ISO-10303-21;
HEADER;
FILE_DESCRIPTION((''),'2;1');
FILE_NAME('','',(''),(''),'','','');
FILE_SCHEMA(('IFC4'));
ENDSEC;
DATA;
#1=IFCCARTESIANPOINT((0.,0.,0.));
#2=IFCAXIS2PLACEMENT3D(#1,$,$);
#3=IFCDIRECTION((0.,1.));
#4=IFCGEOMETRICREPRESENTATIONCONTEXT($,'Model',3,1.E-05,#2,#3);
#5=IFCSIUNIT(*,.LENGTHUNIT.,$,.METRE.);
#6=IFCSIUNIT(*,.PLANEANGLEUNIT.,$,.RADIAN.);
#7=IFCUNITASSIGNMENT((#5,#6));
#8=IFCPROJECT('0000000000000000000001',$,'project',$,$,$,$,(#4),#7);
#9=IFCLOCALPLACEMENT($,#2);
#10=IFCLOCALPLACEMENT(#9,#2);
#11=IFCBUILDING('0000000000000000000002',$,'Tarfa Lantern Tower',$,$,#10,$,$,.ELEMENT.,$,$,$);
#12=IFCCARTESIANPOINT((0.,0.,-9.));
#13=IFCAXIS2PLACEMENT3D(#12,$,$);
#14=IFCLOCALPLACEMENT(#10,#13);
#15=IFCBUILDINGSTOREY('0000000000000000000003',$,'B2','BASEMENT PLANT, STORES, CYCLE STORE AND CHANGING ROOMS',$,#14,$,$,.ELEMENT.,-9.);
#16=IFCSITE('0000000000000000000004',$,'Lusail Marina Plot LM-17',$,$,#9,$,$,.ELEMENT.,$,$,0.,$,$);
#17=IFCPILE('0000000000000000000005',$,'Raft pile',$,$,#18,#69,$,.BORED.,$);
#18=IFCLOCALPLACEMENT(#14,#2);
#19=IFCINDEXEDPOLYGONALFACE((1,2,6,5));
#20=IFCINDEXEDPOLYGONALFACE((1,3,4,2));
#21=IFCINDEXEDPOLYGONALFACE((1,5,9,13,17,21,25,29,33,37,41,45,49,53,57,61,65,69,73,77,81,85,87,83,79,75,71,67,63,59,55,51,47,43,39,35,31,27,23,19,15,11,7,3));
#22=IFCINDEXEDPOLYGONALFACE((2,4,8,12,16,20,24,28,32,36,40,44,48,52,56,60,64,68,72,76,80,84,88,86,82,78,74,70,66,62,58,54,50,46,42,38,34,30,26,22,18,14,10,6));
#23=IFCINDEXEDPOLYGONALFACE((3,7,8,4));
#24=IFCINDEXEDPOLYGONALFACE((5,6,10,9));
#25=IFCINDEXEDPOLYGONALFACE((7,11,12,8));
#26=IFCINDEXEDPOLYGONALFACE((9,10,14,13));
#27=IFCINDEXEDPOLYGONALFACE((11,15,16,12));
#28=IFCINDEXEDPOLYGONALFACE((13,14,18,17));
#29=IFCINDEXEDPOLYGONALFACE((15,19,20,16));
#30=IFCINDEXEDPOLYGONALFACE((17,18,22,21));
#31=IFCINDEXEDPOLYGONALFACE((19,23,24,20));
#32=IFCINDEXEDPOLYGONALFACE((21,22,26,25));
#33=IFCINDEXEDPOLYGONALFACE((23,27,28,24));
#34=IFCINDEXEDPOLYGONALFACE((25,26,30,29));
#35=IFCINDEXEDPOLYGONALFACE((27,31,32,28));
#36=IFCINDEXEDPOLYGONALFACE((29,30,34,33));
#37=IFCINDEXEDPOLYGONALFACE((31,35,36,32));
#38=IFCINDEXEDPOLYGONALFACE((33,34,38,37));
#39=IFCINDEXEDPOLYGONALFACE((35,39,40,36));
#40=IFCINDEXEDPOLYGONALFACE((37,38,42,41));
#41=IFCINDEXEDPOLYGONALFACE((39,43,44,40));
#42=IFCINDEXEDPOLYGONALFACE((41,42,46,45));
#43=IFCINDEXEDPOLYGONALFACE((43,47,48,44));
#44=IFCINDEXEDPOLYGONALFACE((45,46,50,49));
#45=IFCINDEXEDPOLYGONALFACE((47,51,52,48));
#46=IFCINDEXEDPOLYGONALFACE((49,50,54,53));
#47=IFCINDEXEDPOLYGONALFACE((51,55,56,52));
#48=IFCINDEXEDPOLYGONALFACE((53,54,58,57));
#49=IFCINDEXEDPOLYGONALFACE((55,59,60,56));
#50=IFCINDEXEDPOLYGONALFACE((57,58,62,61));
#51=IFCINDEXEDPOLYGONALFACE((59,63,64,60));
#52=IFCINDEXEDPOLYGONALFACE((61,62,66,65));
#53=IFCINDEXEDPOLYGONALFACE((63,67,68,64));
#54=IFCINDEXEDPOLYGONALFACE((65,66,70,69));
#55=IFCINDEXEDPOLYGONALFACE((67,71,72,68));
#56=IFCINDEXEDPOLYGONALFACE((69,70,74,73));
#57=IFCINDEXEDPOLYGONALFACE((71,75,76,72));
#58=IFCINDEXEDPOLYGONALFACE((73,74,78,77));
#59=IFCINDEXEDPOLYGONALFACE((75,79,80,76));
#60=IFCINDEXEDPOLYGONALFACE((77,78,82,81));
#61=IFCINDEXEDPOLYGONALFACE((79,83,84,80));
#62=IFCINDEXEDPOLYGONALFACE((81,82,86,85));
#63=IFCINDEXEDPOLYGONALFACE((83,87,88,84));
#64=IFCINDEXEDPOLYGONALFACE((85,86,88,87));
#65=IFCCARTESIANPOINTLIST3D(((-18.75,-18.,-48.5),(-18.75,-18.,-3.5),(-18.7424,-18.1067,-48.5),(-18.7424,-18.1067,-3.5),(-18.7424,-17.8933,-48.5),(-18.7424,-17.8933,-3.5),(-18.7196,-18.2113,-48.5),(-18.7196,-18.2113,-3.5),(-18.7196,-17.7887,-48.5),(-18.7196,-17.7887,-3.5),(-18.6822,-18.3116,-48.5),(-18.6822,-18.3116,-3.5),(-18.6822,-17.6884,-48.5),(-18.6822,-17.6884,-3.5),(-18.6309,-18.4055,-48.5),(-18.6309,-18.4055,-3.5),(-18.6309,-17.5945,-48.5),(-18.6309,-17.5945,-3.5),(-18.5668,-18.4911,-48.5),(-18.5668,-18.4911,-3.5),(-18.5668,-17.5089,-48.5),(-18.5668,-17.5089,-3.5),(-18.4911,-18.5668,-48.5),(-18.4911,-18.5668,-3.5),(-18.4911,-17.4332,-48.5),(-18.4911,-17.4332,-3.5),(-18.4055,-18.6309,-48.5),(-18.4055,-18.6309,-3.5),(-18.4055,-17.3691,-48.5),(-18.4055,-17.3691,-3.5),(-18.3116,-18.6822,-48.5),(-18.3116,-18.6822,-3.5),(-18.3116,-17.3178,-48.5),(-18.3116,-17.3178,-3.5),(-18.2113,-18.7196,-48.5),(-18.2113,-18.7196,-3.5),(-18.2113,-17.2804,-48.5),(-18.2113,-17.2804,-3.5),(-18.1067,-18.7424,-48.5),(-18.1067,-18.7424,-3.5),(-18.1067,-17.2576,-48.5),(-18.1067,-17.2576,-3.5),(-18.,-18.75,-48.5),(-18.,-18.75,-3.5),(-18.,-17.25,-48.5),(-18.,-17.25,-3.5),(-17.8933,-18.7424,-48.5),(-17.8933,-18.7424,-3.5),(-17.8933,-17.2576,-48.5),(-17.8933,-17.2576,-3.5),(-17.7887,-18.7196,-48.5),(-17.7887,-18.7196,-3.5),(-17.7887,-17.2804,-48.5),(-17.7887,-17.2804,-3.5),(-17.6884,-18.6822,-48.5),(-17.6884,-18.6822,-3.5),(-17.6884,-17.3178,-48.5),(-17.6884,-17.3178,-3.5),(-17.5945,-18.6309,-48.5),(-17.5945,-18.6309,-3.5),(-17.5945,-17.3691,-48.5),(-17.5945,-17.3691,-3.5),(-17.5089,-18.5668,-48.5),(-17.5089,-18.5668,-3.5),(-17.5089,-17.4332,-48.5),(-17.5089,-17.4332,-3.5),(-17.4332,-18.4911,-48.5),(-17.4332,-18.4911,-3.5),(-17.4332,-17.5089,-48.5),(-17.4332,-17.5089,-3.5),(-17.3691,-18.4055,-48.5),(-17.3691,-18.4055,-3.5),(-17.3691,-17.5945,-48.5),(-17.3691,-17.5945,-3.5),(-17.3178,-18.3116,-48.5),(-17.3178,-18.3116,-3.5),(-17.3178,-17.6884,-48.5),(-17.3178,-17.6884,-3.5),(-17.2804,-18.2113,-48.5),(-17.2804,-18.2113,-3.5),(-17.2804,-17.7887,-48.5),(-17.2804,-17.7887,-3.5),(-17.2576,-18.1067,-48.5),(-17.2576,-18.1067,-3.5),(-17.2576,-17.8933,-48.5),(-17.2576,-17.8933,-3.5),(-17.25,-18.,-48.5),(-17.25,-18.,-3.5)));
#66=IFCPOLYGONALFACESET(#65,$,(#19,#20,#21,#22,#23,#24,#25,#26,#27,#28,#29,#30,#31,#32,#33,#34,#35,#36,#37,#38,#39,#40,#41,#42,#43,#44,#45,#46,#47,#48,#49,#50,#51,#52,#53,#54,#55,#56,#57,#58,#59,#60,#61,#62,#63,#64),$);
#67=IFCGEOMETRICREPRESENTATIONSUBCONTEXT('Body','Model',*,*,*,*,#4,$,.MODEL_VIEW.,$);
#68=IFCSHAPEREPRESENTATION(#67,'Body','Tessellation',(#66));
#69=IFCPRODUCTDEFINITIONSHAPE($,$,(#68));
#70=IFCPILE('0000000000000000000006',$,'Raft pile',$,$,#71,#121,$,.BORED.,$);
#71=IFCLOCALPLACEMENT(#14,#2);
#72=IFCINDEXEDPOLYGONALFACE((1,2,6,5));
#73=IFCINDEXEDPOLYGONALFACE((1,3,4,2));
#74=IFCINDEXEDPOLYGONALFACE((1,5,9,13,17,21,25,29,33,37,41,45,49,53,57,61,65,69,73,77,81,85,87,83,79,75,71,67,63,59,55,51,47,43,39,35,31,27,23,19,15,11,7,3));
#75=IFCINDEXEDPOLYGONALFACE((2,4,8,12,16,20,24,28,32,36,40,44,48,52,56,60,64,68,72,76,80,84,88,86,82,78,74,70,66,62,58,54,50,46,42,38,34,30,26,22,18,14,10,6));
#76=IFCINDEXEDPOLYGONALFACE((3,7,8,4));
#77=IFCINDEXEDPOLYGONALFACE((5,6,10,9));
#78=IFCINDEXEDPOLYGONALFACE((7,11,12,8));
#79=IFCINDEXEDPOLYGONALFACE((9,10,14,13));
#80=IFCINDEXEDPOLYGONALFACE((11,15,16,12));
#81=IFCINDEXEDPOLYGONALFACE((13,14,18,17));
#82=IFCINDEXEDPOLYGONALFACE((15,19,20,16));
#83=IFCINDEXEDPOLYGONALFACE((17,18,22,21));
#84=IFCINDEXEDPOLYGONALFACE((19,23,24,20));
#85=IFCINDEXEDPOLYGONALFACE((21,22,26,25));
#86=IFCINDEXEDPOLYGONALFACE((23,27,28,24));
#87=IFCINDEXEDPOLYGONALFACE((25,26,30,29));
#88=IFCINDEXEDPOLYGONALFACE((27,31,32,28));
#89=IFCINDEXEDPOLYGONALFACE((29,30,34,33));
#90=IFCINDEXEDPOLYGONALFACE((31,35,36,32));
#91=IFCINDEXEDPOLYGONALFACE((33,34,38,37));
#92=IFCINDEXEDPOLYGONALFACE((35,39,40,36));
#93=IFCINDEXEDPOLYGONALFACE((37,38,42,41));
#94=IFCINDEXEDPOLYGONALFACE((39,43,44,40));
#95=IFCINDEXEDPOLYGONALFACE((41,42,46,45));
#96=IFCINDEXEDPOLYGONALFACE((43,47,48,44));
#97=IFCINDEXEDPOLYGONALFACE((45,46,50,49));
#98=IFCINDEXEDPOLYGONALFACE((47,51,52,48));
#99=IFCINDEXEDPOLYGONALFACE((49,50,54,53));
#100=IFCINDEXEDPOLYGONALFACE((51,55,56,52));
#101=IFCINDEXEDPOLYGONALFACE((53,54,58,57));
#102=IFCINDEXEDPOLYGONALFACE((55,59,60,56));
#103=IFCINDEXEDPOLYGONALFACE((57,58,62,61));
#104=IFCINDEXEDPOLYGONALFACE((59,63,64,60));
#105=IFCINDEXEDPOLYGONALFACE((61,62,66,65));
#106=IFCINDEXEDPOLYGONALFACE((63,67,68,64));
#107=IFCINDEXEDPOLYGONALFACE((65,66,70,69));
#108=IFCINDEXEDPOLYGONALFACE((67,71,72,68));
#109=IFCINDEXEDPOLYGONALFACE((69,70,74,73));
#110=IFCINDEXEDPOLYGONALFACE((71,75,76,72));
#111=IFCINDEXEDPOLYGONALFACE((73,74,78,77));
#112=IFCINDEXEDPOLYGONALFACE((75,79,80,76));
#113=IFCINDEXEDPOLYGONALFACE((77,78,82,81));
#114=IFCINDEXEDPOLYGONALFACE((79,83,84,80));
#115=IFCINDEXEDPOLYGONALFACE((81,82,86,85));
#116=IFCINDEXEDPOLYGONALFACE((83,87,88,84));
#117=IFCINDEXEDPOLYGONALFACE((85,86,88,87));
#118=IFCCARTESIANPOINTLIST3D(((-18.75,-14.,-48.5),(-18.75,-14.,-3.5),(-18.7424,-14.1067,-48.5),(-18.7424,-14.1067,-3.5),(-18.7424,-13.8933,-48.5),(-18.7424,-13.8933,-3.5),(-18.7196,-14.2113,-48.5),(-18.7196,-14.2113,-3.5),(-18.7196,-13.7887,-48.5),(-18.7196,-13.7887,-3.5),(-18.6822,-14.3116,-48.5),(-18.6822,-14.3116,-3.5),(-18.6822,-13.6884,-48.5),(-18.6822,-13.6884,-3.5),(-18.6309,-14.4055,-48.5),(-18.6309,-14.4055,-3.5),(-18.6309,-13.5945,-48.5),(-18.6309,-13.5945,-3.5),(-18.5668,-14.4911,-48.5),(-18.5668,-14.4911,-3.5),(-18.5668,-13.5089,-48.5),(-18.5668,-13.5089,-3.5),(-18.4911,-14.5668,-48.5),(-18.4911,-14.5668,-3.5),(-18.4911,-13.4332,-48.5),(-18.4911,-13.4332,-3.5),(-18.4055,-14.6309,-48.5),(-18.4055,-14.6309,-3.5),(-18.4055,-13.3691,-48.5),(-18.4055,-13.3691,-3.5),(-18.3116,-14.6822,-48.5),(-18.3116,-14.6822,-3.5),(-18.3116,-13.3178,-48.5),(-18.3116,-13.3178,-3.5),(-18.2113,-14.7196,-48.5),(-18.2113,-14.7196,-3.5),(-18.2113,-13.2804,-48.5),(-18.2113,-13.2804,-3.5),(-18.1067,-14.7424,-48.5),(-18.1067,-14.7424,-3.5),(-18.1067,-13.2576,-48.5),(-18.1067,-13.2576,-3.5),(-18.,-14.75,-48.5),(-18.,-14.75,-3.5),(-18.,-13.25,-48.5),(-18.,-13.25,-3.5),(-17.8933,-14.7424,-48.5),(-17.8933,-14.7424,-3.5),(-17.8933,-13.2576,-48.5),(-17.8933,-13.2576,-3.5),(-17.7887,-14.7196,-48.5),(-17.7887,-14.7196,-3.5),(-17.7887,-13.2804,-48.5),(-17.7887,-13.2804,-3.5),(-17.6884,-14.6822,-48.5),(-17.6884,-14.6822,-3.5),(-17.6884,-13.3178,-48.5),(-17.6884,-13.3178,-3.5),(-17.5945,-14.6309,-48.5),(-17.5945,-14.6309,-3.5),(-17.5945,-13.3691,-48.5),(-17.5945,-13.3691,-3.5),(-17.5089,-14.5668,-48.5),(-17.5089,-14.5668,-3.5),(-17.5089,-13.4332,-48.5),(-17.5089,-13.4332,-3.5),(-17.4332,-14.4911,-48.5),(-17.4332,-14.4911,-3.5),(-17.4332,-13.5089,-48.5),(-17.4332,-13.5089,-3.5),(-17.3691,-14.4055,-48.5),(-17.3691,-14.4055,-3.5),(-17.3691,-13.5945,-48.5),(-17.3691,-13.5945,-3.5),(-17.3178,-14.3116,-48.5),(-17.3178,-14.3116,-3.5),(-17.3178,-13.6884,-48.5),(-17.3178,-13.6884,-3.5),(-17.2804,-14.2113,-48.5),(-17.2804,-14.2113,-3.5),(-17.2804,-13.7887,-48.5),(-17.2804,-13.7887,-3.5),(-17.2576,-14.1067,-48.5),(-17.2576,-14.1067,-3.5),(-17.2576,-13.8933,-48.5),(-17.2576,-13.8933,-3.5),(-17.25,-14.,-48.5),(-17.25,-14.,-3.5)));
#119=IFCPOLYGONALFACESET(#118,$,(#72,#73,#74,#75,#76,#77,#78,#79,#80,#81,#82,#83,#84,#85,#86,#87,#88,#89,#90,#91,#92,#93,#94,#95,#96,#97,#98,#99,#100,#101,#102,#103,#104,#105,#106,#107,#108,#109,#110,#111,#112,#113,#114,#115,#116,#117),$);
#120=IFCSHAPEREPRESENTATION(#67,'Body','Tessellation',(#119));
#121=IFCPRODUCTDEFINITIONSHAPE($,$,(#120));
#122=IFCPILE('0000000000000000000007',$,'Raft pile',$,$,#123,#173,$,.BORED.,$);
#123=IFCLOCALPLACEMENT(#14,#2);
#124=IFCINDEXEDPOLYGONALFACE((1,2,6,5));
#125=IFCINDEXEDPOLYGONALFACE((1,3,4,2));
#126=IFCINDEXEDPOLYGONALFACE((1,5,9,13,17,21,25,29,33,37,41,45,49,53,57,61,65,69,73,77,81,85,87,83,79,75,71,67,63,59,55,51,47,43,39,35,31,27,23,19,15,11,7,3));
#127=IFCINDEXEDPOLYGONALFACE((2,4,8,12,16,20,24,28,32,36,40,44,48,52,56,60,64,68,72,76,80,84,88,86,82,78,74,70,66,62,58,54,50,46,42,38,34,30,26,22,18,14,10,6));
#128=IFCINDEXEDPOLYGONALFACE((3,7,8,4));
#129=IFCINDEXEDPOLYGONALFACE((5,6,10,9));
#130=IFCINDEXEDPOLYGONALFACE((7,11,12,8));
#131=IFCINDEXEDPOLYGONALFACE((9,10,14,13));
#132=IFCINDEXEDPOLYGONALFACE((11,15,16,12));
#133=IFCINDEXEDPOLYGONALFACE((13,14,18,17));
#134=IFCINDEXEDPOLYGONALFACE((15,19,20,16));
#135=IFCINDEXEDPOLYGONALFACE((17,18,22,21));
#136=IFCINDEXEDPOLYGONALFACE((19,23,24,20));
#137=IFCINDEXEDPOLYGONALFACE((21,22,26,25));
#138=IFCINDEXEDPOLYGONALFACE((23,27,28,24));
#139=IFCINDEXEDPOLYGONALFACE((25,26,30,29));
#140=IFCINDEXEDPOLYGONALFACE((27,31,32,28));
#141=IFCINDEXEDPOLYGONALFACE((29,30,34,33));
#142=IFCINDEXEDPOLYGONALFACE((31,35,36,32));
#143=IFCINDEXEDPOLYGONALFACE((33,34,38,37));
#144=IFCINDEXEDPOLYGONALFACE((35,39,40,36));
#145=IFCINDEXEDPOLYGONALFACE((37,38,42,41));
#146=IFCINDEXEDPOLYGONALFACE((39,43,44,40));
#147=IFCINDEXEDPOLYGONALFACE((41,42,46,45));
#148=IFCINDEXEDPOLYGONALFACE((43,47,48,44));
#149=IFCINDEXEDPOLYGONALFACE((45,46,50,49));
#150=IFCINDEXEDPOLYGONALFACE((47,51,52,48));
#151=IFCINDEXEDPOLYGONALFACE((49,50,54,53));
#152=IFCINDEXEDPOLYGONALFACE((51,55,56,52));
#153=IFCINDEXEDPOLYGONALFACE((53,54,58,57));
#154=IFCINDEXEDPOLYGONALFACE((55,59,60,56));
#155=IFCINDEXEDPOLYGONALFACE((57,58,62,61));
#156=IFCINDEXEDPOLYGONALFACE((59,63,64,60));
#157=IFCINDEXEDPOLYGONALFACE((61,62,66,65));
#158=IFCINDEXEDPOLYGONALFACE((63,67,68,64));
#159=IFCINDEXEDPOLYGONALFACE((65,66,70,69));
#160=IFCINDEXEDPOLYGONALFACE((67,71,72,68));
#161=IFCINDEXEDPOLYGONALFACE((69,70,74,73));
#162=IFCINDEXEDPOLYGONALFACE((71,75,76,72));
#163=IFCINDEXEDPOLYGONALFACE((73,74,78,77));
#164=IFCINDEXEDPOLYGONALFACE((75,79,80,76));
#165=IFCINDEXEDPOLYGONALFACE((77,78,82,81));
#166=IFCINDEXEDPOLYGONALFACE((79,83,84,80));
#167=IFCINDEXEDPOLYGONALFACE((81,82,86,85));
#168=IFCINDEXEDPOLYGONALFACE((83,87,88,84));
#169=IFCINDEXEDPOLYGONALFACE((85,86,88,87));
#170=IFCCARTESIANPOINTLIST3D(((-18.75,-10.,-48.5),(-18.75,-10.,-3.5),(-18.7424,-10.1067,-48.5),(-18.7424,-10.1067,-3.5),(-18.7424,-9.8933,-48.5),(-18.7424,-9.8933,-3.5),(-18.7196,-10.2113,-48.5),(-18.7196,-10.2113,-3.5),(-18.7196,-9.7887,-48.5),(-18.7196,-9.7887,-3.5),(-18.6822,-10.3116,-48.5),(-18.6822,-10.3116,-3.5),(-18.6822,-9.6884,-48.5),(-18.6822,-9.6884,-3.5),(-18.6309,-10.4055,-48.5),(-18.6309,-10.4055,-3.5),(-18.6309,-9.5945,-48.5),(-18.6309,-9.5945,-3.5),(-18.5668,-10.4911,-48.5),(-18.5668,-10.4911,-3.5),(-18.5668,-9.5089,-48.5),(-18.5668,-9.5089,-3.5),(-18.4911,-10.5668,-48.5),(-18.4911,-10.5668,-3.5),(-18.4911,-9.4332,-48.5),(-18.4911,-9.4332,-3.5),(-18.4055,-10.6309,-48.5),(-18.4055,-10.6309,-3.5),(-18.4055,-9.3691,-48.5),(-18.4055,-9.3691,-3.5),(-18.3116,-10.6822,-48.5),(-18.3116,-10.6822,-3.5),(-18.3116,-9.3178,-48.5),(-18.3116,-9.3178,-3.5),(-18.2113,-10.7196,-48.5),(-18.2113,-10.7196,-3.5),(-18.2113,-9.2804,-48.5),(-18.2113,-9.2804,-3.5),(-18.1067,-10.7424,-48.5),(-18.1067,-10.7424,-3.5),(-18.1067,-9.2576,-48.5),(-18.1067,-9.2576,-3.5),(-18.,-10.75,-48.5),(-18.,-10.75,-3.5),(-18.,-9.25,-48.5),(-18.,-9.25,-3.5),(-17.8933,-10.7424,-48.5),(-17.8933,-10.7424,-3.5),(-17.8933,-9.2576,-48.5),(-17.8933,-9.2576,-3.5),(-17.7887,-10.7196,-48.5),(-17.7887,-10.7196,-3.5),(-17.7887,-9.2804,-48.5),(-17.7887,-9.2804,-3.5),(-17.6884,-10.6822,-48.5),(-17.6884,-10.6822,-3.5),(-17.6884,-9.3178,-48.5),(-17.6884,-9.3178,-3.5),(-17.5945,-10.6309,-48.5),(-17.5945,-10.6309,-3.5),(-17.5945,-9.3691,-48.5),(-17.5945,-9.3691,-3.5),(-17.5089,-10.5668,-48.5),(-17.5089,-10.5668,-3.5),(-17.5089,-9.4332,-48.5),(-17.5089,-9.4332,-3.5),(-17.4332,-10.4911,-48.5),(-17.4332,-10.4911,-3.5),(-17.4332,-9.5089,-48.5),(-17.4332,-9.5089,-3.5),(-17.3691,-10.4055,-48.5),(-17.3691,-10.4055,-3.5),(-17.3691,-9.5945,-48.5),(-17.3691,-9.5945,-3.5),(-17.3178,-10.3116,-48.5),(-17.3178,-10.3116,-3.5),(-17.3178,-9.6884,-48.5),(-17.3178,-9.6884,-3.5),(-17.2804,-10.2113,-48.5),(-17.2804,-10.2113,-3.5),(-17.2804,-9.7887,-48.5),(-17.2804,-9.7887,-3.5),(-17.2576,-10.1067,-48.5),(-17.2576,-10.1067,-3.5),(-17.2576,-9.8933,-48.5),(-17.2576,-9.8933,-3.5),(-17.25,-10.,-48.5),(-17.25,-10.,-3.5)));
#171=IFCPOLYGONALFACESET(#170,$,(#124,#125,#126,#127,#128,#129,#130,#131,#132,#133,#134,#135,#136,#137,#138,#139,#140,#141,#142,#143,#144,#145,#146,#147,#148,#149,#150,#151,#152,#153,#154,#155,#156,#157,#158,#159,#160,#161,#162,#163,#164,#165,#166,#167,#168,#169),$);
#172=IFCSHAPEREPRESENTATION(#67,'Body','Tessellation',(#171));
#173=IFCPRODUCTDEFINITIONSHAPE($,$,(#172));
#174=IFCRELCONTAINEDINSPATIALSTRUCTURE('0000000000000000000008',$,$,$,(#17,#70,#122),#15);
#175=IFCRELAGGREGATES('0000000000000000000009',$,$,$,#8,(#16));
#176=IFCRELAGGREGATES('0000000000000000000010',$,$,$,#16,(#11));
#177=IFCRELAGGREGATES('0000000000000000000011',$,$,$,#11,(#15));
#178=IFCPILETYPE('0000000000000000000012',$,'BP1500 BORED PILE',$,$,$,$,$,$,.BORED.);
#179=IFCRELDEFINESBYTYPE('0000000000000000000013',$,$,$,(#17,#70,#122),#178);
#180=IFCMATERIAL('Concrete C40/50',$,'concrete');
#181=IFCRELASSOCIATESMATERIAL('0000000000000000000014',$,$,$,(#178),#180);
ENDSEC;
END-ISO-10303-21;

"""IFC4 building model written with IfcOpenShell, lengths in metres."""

from ifc_helpers import new_model, si_unit, direction, frame, origin, origin_2d, place, context, subcontext, project, spatial, circle, extrude, material, material_profile, profile_set, type_object, element, save


model = new_model("IFC4")

# Units and contexts
model_context = context("Model", 3, precision=1e-05, world=origin(), true_north=direction((0.0, 1.0)))
body_context = subcontext(model_context, "Body", "Model", "MODEL_VIEW")
ifc_project = project(units=[si_unit("LENGTHUNIT", "METRE"), si_unit("PLANEANGLEUNIT", "RADIAN")], contexts=[model_context])

# Site, building, storey
site_placement = place(None, origin())
site = spatial("IfcSite", under=ifc_project, at=site_placement, Name="Lusail Marina Plot LM-17", CompositionType="ELEMENT", RefElevation=0.0)
building_placement = place(site_placement, origin())
building = spatial("IfcBuilding", under=site, at=building_placement, Name="Tarfa Lantern Tower", CompositionType="ELEMENT")
storey_placement = place(building_placement, frame((0.0, 0.0, -9.0)))
storey = spatial("IfcBuildingStorey", under=building, at=storey_placement, Name="B2", Description="BASEMENT PLANT, STORES, CYCLE STORE AND CHANGING ROOMS", CompositionType="ELEMENT", Elevation=-9.0)

# Piles
ifc_material_1 = material(Name="Concrete C40/50", Category="concrete")
ifc_material_profile = material_profile(ifc_material_1, circle(Radius=0.75, at=origin_2d()), Name="BORED PILE D1500")
ifc_profile_set = profile_set([ifc_material_profile], Name="Concrete C40/50")
pile_type = type_object("IfcPileType", Name="BP1500 BORED PILE", PredefinedType="BORED", material=ifc_profile_set)
for number, where, z_axis, x_axis, name in (
    (1, (-18.0, -18.0, -3.5), (0.0, 0.0, -1.0), (1.0, 0.0, 0.0), "Raft pile"),
    (2, (-18.0, -14.0, -3.5), (0.0, 0.0, -1.0), (1.0, 0.0, 0.0), "Raft pile"),
    (3, (-18.0, -10.0, -3.5), (0.0, 0.0, -1.0), (1.0, 0.0, 0.0), "Raft pile"),
):
    element("IfcPile", number, at=place(storey_placement, frame(where, z_axis=z_axis, x_axis=x_axis)), inside=storey, type_object=pile_type, Name=name, PredefinedType="BORED", context=body_context, shape_type="SweptSolid", body=[
        extrude(circle(Radius=0.75, at=origin_2d()), origin(), (0.0, 0.0, 1.0), 45.0),
    ])

save(model, "model.ifc")
